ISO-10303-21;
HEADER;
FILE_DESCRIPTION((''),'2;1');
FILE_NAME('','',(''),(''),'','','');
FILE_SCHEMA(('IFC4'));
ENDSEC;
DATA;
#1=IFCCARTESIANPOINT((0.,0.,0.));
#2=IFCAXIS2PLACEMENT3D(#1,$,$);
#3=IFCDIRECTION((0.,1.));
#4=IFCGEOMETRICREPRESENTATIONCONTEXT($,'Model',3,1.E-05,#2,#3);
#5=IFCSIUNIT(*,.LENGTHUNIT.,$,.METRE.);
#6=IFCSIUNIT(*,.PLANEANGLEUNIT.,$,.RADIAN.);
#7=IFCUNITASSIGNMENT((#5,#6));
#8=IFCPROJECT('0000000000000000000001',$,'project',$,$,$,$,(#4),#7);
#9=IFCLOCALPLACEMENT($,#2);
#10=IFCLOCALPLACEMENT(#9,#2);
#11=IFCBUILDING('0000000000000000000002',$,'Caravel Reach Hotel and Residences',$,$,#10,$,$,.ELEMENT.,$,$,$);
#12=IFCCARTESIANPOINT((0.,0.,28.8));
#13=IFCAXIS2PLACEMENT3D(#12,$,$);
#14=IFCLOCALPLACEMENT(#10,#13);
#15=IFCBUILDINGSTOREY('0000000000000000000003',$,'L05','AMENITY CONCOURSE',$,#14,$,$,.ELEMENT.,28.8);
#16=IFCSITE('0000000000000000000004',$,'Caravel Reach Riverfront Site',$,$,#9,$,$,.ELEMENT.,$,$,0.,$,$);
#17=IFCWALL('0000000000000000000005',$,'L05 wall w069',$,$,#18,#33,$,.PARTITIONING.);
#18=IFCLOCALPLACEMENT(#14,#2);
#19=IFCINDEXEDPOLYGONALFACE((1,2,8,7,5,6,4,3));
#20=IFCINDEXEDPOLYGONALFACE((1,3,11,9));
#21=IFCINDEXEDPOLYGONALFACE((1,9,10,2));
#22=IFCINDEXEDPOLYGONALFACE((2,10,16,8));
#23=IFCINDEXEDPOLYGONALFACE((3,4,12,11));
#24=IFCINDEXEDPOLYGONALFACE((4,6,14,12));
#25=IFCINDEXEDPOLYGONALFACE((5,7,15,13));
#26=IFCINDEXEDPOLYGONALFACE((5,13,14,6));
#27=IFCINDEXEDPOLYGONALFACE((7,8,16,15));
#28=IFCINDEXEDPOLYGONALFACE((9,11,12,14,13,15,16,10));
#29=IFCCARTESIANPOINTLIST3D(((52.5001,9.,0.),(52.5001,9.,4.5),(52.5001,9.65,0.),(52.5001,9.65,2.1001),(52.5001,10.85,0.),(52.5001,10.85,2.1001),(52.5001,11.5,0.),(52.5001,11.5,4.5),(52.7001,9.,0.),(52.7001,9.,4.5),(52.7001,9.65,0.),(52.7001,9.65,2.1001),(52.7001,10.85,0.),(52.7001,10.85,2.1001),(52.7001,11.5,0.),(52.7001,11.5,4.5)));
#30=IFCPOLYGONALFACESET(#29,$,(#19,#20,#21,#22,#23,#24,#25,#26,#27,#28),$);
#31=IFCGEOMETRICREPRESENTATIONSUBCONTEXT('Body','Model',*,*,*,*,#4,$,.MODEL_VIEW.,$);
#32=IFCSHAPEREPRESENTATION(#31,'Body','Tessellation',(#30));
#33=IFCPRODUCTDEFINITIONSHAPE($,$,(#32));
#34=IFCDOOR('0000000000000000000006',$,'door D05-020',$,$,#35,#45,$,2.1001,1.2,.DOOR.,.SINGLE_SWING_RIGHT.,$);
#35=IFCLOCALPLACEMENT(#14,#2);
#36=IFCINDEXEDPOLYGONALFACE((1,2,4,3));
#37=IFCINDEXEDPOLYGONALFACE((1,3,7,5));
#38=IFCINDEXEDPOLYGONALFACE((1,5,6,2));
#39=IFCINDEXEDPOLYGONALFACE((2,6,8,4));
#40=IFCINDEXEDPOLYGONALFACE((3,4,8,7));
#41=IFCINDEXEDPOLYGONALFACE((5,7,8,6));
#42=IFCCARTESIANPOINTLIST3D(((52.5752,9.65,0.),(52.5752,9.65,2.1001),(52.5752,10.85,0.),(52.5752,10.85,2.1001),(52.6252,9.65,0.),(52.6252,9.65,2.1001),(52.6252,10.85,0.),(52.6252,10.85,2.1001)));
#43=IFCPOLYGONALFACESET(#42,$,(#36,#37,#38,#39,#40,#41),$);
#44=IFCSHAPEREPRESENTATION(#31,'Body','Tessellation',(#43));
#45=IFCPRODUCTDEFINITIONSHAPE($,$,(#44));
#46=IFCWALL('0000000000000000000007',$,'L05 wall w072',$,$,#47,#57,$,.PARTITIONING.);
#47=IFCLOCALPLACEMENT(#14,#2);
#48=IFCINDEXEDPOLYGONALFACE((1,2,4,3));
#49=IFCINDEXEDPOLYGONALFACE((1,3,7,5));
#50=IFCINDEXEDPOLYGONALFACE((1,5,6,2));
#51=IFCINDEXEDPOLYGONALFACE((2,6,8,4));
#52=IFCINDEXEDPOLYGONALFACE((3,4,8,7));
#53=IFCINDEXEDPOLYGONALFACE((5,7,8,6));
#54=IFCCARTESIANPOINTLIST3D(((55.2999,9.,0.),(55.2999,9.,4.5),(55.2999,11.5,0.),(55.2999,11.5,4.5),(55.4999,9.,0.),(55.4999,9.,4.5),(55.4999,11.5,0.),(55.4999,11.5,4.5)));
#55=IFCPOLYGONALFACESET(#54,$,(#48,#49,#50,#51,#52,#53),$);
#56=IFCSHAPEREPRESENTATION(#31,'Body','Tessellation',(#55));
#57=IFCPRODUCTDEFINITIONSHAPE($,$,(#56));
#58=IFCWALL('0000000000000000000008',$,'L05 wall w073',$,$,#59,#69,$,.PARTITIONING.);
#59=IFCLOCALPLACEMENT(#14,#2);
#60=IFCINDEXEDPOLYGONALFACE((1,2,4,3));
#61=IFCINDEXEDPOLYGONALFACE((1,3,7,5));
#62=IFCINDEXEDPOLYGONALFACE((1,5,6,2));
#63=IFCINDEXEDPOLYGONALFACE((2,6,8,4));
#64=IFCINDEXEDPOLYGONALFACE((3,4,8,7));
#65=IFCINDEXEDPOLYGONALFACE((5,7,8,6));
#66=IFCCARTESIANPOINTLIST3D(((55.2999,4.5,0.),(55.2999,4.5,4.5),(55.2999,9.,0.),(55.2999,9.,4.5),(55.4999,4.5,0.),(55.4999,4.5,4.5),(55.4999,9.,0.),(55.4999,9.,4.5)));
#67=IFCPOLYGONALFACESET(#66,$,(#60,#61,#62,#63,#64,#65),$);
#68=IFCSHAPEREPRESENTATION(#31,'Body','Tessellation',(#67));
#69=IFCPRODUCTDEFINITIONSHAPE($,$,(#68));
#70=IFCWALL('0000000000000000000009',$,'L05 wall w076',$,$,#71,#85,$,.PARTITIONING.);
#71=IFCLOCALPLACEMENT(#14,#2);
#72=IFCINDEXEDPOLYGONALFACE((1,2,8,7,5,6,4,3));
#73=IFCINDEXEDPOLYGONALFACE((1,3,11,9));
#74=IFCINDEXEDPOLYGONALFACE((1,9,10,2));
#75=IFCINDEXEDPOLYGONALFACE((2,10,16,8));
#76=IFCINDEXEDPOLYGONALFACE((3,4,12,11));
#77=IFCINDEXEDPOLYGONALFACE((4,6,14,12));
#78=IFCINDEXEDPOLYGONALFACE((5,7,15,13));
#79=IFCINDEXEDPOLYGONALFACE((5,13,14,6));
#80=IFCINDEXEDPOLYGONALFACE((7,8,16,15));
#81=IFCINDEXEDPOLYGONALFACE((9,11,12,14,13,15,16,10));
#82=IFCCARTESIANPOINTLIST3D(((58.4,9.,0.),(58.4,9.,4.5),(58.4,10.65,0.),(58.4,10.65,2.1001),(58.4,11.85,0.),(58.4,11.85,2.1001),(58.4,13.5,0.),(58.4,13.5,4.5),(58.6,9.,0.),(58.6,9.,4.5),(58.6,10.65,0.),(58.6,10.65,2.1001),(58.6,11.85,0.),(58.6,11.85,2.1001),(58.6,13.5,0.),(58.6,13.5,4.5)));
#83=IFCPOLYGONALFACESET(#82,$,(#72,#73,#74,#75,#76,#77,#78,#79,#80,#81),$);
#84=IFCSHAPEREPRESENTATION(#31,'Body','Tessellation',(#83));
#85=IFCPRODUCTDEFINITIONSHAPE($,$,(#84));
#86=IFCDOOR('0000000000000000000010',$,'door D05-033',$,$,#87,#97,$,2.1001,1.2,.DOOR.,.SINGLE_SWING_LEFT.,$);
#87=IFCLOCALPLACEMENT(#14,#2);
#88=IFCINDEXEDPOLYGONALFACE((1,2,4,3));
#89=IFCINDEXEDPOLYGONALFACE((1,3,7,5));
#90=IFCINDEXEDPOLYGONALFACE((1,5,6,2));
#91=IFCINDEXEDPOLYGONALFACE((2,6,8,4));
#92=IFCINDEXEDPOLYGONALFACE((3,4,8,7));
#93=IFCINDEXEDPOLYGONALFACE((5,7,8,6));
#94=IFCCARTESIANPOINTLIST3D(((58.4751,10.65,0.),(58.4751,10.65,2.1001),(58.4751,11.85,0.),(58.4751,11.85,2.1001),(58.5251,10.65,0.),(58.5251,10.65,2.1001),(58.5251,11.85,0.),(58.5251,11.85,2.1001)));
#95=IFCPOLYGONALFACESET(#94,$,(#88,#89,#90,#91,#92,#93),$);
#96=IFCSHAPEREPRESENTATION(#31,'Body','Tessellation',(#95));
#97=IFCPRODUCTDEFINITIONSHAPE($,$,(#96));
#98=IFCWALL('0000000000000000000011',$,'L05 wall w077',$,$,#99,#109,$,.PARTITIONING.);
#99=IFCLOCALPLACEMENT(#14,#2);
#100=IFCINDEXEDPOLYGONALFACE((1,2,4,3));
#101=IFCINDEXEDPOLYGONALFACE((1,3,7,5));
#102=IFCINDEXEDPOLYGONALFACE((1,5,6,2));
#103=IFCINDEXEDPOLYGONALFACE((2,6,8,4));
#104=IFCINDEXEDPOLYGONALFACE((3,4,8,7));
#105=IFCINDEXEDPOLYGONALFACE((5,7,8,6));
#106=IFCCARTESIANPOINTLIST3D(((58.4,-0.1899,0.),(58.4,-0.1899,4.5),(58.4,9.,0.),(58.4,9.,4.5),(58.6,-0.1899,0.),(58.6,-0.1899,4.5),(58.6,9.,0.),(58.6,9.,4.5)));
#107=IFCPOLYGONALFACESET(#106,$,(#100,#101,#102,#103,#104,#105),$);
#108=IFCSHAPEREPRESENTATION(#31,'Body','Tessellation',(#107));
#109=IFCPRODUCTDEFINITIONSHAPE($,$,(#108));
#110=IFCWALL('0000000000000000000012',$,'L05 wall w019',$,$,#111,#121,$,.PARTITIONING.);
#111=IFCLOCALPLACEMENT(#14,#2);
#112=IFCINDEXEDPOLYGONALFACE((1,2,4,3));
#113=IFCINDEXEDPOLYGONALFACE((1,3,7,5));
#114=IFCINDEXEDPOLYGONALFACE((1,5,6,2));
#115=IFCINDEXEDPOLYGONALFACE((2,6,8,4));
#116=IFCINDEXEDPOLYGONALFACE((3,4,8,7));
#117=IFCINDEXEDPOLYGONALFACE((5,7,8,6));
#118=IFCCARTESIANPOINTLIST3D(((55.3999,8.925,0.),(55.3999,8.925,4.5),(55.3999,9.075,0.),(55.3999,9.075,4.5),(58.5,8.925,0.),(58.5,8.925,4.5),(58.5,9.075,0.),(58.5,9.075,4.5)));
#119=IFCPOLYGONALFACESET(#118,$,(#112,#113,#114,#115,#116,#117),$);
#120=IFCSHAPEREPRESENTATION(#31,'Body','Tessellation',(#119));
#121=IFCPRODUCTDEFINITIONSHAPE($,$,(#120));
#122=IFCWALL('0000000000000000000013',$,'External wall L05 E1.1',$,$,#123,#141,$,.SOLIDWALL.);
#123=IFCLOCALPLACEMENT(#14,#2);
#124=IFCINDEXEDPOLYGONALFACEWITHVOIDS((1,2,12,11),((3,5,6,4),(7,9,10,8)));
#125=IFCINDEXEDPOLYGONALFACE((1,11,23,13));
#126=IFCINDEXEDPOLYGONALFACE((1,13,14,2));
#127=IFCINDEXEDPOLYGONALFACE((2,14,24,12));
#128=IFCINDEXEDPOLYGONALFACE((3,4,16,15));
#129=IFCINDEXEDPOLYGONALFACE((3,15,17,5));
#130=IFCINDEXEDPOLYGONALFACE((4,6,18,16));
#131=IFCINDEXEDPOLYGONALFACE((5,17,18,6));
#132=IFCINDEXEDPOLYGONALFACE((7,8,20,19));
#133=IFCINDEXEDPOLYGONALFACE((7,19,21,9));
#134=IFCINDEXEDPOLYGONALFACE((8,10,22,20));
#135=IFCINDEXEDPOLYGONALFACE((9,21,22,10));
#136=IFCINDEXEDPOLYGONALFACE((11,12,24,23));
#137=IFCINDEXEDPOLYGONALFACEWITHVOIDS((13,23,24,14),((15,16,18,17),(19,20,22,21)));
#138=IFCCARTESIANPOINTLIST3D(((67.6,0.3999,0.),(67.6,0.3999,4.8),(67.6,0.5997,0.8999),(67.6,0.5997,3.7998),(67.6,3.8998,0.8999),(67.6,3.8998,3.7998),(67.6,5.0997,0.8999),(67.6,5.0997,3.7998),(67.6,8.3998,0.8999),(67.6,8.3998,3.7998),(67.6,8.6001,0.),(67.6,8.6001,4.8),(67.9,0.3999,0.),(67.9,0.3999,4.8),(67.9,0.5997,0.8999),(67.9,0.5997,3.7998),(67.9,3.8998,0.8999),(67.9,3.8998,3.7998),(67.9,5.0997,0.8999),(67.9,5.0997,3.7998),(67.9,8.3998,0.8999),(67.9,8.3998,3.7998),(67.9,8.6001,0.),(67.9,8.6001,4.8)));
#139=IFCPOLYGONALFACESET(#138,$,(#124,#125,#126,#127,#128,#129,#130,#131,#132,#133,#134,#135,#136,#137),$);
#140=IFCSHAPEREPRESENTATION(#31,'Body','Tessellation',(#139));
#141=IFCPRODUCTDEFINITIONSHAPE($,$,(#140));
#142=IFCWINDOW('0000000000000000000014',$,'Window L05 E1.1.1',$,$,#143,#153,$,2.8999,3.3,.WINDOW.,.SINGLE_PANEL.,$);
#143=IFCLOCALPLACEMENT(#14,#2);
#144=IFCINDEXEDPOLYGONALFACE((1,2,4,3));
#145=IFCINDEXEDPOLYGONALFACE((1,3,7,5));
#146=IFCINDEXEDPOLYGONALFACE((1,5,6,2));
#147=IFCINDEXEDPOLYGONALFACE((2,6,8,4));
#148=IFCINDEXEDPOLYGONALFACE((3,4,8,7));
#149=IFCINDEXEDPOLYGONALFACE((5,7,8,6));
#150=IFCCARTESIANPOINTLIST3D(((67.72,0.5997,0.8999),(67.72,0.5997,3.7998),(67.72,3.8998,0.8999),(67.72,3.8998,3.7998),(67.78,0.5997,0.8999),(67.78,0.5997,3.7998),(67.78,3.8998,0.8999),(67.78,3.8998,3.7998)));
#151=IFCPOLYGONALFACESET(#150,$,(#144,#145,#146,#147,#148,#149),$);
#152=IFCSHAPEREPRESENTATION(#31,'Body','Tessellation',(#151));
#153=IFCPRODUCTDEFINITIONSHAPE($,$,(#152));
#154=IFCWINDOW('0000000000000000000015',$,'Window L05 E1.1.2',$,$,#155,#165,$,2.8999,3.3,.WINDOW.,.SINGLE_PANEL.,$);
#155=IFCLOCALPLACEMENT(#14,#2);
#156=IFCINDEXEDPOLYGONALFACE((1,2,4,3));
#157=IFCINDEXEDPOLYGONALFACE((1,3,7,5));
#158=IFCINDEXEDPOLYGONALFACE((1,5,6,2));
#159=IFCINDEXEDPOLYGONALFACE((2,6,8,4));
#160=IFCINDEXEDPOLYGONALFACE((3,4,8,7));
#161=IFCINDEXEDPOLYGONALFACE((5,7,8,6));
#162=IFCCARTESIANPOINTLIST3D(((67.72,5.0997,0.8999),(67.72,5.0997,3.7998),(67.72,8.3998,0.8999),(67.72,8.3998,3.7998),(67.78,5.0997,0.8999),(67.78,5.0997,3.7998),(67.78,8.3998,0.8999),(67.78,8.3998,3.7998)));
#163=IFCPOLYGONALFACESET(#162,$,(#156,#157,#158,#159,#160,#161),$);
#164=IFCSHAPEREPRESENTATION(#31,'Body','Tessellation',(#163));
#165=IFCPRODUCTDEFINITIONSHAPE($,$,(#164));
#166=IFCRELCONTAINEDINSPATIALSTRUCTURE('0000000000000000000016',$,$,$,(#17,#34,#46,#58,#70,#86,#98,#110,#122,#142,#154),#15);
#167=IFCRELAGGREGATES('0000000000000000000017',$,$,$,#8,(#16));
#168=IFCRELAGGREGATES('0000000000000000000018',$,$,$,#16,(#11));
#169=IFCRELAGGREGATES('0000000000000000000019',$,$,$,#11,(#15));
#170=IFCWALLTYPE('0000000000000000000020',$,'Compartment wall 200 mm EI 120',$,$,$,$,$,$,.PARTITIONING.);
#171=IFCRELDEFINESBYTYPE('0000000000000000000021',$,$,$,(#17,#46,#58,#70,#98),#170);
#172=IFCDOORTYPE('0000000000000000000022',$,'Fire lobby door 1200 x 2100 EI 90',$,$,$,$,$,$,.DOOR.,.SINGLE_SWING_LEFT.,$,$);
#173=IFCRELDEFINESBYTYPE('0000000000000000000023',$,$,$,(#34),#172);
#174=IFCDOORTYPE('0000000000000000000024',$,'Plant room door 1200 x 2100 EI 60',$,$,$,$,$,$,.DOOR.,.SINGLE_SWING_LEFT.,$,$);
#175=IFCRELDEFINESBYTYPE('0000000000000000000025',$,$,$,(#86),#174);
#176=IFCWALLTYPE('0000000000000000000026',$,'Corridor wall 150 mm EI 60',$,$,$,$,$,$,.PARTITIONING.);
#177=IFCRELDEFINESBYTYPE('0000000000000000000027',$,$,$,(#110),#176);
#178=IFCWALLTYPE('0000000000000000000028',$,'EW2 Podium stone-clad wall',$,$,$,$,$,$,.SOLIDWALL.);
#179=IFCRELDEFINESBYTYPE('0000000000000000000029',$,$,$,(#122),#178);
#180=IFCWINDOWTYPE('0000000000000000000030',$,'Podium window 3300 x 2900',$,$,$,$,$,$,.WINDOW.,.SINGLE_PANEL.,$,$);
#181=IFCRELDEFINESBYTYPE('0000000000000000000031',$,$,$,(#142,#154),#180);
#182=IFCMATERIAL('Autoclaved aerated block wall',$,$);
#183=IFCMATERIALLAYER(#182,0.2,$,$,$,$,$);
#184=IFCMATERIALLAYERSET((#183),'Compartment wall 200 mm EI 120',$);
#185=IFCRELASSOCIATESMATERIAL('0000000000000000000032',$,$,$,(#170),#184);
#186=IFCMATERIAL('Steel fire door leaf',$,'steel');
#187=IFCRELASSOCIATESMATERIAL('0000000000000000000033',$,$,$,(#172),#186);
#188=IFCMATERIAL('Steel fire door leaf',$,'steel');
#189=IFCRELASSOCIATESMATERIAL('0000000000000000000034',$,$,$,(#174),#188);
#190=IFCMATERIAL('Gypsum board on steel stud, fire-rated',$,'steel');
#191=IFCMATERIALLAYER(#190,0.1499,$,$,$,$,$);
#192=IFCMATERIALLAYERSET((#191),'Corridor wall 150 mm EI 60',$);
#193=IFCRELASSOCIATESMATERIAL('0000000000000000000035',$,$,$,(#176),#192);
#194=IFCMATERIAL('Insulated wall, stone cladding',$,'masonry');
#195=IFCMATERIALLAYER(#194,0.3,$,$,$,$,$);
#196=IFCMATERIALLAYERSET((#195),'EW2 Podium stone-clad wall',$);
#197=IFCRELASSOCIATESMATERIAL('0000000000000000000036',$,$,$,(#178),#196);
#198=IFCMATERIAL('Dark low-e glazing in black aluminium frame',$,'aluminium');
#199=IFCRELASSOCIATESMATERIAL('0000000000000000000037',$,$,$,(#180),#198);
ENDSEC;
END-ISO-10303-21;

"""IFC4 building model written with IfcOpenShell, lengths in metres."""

from ifc_helpers import new_model, si_unit, direction, frame, frame_2d, origin, place, context, subcontext, project, spatial, rectangle, extrude, material, layer, layer_set, type_object, element, fill, save


model = new_model("IFC4")

# Units and contexts
model_context = context("Model", 3, precision=1e-05, world=origin(), true_north=direction((0.0, 1.0)))
body_context = subcontext(model_context, "Body", "Model", "MODEL_VIEW")
ifc_project = project(units=[si_unit("LENGTHUNIT", "METRE"), si_unit("PLANEANGLEUNIT", "RADIAN")], contexts=[model_context])

# Site, building, storey
site_placement = place(None, origin())
site = spatial("IfcSite", under=ifc_project, at=site_placement, Name="Caravel Reach Riverfront Site", CompositionType="ELEMENT", RefElevation=0.0)
building_placement = place(site_placement, origin())
building = spatial("IfcBuilding", under=site, at=building_placement, Name="Caravel Reach Hotel and Residences", CompositionType="ELEMENT")
storey_placement = place(building_placement, frame((0.0, 0.0, 28.8)))
storey = spatial("IfcBuildingStorey", under=building, at=storey_placement, Name="L05", Description="AMENITY CONCOURSE", CompositionType="ELEMENT", Elevation=28.8)

# Wall, opening, door
ifc_material_1 = material(Name="Autoclaved aerated block wall")
ifc_layer_1 = layer(ifc_material_1, 0.2)
ifc_layer_set_1 = layer_set([ifc_layer_1], Name="Compartment wall 200 mm EI 120")
wall_type_1 = type_object("IfcWallType", Name="Compartment wall 200 mm EI 120", PredefinedType="PARTITIONING", material=ifc_layer_set_1)
wall_1_placement = place(storey_placement, frame((52.6001, 9.0, 0.0), z_axis=(0.0, 0.0, 1.0), x_axis=(0.0, 1.0, 0.0)))
wall_1 = element("IfcWall", 1, at=wall_1_placement, inside=storey, type_object=wall_type_1, Name="L05 wall w069", PredefinedType="PARTITIONING", context=body_context, shape_type="SweptSolid", body=[
    extrude(rectangle(XDim=2.5, YDim=0.2, at=frame_2d((1.25, 0.0))), origin(), (0.0, 0.0, 1.0), 4.5),
])
opening_1_placement = place(wall_1_placement, frame((0.6499, 0.0, 0.0)))
opening_1 = element("IfcOpeningElement", 2, at=opening_1_placement, cuts=wall_1, PredefinedType="OPENING", context=body_context, shape_type="SweptSolid", body=[
    extrude(rectangle(XDim=1.2, YDim=2.1001, at=frame_2d((0.6001, 1.05))), frame((0.0, 0.1099, 0.0), z_axis=(0.0, -1.0, 0.0), x_axis=(1.0, 0.0, 0.0)), (0.0, 0.0, 1.0), 0.22),
])
ifc_material_2 = material(Name="Steel fire door leaf", Category="steel")
door_type_1 = type_object("IfcDoorType", Name="Fire lobby door 1200 x 2100 EI 90", OperationType="SINGLE_SWING_LEFT", PredefinedType="DOOR", material=ifc_material_2)
door_1_placement = place(opening_1_placement, origin())
door_1 = element("IfcDoor", 3, at=door_1_placement, inside=storey, type_object=door_type_1, Name="door D05-020", OperationType="SINGLE_SWING_RIGHT", OverallHeight=2.1001, OverallWidth=1.2, PredefinedType="DOOR", context=body_context, shape_type="SweptSolid", body=[
    extrude(rectangle(XDim=1.2, YDim=2.1001, at=frame_2d((0.6001, 1.05))), frame((0.0, 0.0249, 0.0), z_axis=(0.0, -1.0, 0.0), x_axis=(1.0, 0.0, 0.0)), (0.0, 0.0, 1.0), 0.05),
])
fill(opening_1, door_1)

# Walls
wall_2_placement = place(storey_placement, frame((55.3999, 9.0, 0.0), z_axis=(0.0, 0.0, 1.0), x_axis=(0.0, 1.0, 0.0)))
element("IfcWall", 4, at=wall_2_placement, inside=storey, type_object=wall_type_1, Name="L05 wall w072", PredefinedType="PARTITIONING", context=body_context, shape_type="SweptSolid", body=[
    extrude(rectangle(XDim=2.5, YDim=0.2, at=frame_2d((1.25, 0.0))), origin(), (0.0, 0.0, 1.0), 4.5),
])
wall_3_placement = place(storey_placement, frame((55.3999, 4.5, 0.0), z_axis=(0.0, 0.0, 1.0), x_axis=(0.0, 1.0, 0.0)))
element("IfcWall", 5, at=wall_3_placement, inside=storey, type_object=wall_type_1, Name="L05 wall w073", PredefinedType="PARTITIONING", context=body_context, shape_type="SweptSolid", body=[
    extrude(rectangle(XDim=4.5, YDim=0.2, at=frame_2d((2.25, 0.0))), origin(), (0.0, 0.0, 1.0), 4.5),
])

# Wall, opening, door
wall_4_placement = place(storey_placement, frame((58.5, 9.0, 0.0), z_axis=(0.0, 0.0, 1.0), x_axis=(0.0, 1.0, 0.0)))
wall_4 = element("IfcWall", 6, at=wall_4_placement, inside=storey, type_object=wall_type_1, Name="L05 wall w076", PredefinedType="PARTITIONING", context=body_context, shape_type="SweptSolid", body=[
    extrude(rectangle(XDim=4.5, YDim=0.2, at=frame_2d((2.25, 0.0))), origin(), (0.0, 0.0, 1.0), 4.5),
])
opening_2_placement = place(wall_4_placement, frame((1.6499, 0.0, 0.0)))
opening_2 = element("IfcOpeningElement", 7, at=opening_2_placement, cuts=wall_4, PredefinedType="OPENING", context=body_context, shape_type="SweptSolid", body=[
    extrude(rectangle(XDim=1.2, YDim=2.1001, at=frame_2d((0.6001, 1.05))), frame((0.0, 0.1099, 0.0), z_axis=(0.0, -1.0, 0.0), x_axis=(1.0, 0.0, 0.0)), (0.0, 0.0, 1.0), 0.22),
])
ifc_material_3 = material(Name="Steel fire door leaf", Category="steel")
door_type_2 = type_object("IfcDoorType", Name="Plant room door 1200 x 2100 EI 60", OperationType="SINGLE_SWING_LEFT", PredefinedType="DOOR", material=ifc_material_3)
door_2_placement = place(opening_2_placement, origin())
door_2 = element("IfcDoor", 8, at=door_2_placement, inside=storey, type_object=door_type_2, Name="door D05-033", OperationType="SINGLE_SWING_LEFT", OverallHeight=2.1001, OverallWidth=1.2, PredefinedType="DOOR", context=body_context, shape_type="SweptSolid", body=[
    extrude(rectangle(XDim=1.2, YDim=2.1001, at=frame_2d((0.6001, 1.05))), frame((0.0, 0.0249, 0.0), z_axis=(0.0, -1.0, 0.0), x_axis=(1.0, 0.0, 0.0)), (0.0, 0.0, 1.0), 0.05),
])
fill(opening_2, door_2)

# Walls
wall_5_placement = place(storey_placement, frame((58.5, -0.1899, 0.0), z_axis=(0.0, 0.0, 1.0), x_axis=(0.0, 1.0, 0.0)))
element("IfcWall", 9, at=wall_5_placement, inside=storey, type_object=wall_type_1, Name="L05 wall w077", PredefinedType="PARTITIONING", context=body_context, shape_type="SweptSolid", body=[
    extrude(rectangle(XDim=9.1899, YDim=0.2, at=frame_2d((4.595, 0.0))), origin(), (0.0, 0.0, 1.0), 4.5),
])
ifc_material_4 = material(Name="Gypsum board on steel stud, fire-rated", Category="steel")
ifc_layer_2 = layer(ifc_material_4, 0.1499)
ifc_layer_set_2 = layer_set([ifc_layer_2], Name="Corridor wall 150 mm EI 60")
wall_type_2 = type_object("IfcWallType", Name="Corridor wall 150 mm EI 60", PredefinedType="PARTITIONING", material=ifc_layer_set_2)
wall_6_placement = place(storey_placement, frame((55.3999, 9.0, 0.0), z_axis=(0.0, 0.0, 1.0), x_axis=(1.0, 0.0, 0.0)))
element("IfcWall", 10, at=wall_6_placement, inside=storey, type_object=wall_type_2, Name="L05 wall w019", PredefinedType="PARTITIONING", context=body_context, shape_type="SweptSolid", body=[
    extrude(rectangle(XDim=3.1001, YDim=0.1499, at=frame_2d((1.55, 0.0))), origin(), (0.0, 0.0, 1.0), 4.5),
])

# Wall, openings, windows
ifc_material_5 = material(Name="Insulated wall, stone cladding", Category="masonry")
ifc_layer_3 = layer(ifc_material_5, 0.3)
ifc_layer_set_3 = layer_set([ifc_layer_3], Name="EW2 Podium stone-clad wall")
wall_type_3 = type_object("IfcWallType", Name="EW2 Podium stone-clad wall", PredefinedType="SOLIDWALL", material=ifc_layer_set_3)
wall_7_placement = place(storey_placement, frame((67.75, 0.3999, 0.0), z_axis=(0.0, 0.0, 1.0), x_axis=(0.0, 1.0, 0.0)))
wall_7 = element("IfcWall", 11, at=wall_7_placement, inside=storey, type_object=wall_type_3, Name="External wall L05 E1.1", PredefinedType="SOLIDWALL", context=body_context, shape_type="SweptSolid", body=[
    extrude(rectangle(XDim=8.2002, YDim=0.3, at=frame_2d((4.1001, 0.0))), origin(), (0.0, 0.0, 1.0), 4.8),
])
opening_3_placement = place(wall_7_placement, frame((0.2, 0.0, 0.8999)))
opening_3 = element("IfcOpeningElement", 12, at=opening_3_placement, cuts=wall_7, PredefinedType="OPENING", context=body_context, shape_type="SweptSolid", body=[
    extrude(rectangle(XDim=3.3, YDim=2.8999, at=frame_2d((1.6499, 1.45))), frame((0.0, 0.1599, 0.0), z_axis=(0.0, -1.0, 0.0), x_axis=(1.0, 0.0, 0.0)), (0.0, 0.0, 1.0), 0.3201),
])
opening_4_placement = place(wall_7_placement, frame((4.7, 0.0, 0.8999)))
opening_4 = element("IfcOpeningElement", 13, at=opening_4_placement, cuts=wall_7, PredefinedType="OPENING", context=body_context, shape_type="SweptSolid", body=[
    extrude(rectangle(XDim=3.3, YDim=2.8999, at=frame_2d((1.6499, 1.45))), frame((0.0, 0.1599, 0.0), z_axis=(0.0, -1.0, 0.0), x_axis=(1.0, 0.0, 0.0)), (0.0, 0.0, 1.0), 0.3201),
])
ifc_material_6 = material(Name="Dark low-e glazing in black aluminium frame", Category="aluminium")
window_type = type_object("IfcWindowType", Name="Podium window 3300 x 2900", PartitioningType="SINGLE_PANEL", PredefinedType="WINDOW", material=ifc_material_6)
window_1_placement = place(opening_3_placement, origin())
window_1 = element("IfcWindow", 14, at=window_1_placement, inside=storey, type_object=window_type, Name="Window L05 E1.1.1", OverallHeight=2.8999, OverallWidth=3.3, PartitioningType="SINGLE_PANEL", PredefinedType="WINDOW", context=body_context, shape_type="SweptSolid", body=[
    extrude(rectangle(XDim=3.3, YDim=2.8999, at=frame_2d((1.6499, 1.45))), frame((0.0, 0.03, 0.0), z_axis=(0.0, -1.0, 0.0), x_axis=(1.0, 0.0, 0.0)), (0.0, 0.0, 1.0), 0.0601),
])
fill(opening_3, window_1)
window_2_placement = place(opening_4_placement, origin())
window_2 = element("IfcWindow", 15, at=window_2_placement, inside=storey, type_object=window_type, Name="Window L05 E1.1.2", OverallHeight=2.8999, OverallWidth=3.3, PartitioningType="SINGLE_PANEL", PredefinedType="WINDOW", context=body_context, shape_type="SweptSolid", body=[
    extrude(rectangle(XDim=3.3, YDim=2.8999, at=frame_2d((1.6499, 1.45))), frame((0.0, 0.03, 0.0), z_axis=(0.0, -1.0, 0.0), x_axis=(1.0, 0.0, 0.0)), (0.0, 0.0, 1.0), 0.0601),
])
fill(opening_4, window_2)

save(model, "model.ifc")
